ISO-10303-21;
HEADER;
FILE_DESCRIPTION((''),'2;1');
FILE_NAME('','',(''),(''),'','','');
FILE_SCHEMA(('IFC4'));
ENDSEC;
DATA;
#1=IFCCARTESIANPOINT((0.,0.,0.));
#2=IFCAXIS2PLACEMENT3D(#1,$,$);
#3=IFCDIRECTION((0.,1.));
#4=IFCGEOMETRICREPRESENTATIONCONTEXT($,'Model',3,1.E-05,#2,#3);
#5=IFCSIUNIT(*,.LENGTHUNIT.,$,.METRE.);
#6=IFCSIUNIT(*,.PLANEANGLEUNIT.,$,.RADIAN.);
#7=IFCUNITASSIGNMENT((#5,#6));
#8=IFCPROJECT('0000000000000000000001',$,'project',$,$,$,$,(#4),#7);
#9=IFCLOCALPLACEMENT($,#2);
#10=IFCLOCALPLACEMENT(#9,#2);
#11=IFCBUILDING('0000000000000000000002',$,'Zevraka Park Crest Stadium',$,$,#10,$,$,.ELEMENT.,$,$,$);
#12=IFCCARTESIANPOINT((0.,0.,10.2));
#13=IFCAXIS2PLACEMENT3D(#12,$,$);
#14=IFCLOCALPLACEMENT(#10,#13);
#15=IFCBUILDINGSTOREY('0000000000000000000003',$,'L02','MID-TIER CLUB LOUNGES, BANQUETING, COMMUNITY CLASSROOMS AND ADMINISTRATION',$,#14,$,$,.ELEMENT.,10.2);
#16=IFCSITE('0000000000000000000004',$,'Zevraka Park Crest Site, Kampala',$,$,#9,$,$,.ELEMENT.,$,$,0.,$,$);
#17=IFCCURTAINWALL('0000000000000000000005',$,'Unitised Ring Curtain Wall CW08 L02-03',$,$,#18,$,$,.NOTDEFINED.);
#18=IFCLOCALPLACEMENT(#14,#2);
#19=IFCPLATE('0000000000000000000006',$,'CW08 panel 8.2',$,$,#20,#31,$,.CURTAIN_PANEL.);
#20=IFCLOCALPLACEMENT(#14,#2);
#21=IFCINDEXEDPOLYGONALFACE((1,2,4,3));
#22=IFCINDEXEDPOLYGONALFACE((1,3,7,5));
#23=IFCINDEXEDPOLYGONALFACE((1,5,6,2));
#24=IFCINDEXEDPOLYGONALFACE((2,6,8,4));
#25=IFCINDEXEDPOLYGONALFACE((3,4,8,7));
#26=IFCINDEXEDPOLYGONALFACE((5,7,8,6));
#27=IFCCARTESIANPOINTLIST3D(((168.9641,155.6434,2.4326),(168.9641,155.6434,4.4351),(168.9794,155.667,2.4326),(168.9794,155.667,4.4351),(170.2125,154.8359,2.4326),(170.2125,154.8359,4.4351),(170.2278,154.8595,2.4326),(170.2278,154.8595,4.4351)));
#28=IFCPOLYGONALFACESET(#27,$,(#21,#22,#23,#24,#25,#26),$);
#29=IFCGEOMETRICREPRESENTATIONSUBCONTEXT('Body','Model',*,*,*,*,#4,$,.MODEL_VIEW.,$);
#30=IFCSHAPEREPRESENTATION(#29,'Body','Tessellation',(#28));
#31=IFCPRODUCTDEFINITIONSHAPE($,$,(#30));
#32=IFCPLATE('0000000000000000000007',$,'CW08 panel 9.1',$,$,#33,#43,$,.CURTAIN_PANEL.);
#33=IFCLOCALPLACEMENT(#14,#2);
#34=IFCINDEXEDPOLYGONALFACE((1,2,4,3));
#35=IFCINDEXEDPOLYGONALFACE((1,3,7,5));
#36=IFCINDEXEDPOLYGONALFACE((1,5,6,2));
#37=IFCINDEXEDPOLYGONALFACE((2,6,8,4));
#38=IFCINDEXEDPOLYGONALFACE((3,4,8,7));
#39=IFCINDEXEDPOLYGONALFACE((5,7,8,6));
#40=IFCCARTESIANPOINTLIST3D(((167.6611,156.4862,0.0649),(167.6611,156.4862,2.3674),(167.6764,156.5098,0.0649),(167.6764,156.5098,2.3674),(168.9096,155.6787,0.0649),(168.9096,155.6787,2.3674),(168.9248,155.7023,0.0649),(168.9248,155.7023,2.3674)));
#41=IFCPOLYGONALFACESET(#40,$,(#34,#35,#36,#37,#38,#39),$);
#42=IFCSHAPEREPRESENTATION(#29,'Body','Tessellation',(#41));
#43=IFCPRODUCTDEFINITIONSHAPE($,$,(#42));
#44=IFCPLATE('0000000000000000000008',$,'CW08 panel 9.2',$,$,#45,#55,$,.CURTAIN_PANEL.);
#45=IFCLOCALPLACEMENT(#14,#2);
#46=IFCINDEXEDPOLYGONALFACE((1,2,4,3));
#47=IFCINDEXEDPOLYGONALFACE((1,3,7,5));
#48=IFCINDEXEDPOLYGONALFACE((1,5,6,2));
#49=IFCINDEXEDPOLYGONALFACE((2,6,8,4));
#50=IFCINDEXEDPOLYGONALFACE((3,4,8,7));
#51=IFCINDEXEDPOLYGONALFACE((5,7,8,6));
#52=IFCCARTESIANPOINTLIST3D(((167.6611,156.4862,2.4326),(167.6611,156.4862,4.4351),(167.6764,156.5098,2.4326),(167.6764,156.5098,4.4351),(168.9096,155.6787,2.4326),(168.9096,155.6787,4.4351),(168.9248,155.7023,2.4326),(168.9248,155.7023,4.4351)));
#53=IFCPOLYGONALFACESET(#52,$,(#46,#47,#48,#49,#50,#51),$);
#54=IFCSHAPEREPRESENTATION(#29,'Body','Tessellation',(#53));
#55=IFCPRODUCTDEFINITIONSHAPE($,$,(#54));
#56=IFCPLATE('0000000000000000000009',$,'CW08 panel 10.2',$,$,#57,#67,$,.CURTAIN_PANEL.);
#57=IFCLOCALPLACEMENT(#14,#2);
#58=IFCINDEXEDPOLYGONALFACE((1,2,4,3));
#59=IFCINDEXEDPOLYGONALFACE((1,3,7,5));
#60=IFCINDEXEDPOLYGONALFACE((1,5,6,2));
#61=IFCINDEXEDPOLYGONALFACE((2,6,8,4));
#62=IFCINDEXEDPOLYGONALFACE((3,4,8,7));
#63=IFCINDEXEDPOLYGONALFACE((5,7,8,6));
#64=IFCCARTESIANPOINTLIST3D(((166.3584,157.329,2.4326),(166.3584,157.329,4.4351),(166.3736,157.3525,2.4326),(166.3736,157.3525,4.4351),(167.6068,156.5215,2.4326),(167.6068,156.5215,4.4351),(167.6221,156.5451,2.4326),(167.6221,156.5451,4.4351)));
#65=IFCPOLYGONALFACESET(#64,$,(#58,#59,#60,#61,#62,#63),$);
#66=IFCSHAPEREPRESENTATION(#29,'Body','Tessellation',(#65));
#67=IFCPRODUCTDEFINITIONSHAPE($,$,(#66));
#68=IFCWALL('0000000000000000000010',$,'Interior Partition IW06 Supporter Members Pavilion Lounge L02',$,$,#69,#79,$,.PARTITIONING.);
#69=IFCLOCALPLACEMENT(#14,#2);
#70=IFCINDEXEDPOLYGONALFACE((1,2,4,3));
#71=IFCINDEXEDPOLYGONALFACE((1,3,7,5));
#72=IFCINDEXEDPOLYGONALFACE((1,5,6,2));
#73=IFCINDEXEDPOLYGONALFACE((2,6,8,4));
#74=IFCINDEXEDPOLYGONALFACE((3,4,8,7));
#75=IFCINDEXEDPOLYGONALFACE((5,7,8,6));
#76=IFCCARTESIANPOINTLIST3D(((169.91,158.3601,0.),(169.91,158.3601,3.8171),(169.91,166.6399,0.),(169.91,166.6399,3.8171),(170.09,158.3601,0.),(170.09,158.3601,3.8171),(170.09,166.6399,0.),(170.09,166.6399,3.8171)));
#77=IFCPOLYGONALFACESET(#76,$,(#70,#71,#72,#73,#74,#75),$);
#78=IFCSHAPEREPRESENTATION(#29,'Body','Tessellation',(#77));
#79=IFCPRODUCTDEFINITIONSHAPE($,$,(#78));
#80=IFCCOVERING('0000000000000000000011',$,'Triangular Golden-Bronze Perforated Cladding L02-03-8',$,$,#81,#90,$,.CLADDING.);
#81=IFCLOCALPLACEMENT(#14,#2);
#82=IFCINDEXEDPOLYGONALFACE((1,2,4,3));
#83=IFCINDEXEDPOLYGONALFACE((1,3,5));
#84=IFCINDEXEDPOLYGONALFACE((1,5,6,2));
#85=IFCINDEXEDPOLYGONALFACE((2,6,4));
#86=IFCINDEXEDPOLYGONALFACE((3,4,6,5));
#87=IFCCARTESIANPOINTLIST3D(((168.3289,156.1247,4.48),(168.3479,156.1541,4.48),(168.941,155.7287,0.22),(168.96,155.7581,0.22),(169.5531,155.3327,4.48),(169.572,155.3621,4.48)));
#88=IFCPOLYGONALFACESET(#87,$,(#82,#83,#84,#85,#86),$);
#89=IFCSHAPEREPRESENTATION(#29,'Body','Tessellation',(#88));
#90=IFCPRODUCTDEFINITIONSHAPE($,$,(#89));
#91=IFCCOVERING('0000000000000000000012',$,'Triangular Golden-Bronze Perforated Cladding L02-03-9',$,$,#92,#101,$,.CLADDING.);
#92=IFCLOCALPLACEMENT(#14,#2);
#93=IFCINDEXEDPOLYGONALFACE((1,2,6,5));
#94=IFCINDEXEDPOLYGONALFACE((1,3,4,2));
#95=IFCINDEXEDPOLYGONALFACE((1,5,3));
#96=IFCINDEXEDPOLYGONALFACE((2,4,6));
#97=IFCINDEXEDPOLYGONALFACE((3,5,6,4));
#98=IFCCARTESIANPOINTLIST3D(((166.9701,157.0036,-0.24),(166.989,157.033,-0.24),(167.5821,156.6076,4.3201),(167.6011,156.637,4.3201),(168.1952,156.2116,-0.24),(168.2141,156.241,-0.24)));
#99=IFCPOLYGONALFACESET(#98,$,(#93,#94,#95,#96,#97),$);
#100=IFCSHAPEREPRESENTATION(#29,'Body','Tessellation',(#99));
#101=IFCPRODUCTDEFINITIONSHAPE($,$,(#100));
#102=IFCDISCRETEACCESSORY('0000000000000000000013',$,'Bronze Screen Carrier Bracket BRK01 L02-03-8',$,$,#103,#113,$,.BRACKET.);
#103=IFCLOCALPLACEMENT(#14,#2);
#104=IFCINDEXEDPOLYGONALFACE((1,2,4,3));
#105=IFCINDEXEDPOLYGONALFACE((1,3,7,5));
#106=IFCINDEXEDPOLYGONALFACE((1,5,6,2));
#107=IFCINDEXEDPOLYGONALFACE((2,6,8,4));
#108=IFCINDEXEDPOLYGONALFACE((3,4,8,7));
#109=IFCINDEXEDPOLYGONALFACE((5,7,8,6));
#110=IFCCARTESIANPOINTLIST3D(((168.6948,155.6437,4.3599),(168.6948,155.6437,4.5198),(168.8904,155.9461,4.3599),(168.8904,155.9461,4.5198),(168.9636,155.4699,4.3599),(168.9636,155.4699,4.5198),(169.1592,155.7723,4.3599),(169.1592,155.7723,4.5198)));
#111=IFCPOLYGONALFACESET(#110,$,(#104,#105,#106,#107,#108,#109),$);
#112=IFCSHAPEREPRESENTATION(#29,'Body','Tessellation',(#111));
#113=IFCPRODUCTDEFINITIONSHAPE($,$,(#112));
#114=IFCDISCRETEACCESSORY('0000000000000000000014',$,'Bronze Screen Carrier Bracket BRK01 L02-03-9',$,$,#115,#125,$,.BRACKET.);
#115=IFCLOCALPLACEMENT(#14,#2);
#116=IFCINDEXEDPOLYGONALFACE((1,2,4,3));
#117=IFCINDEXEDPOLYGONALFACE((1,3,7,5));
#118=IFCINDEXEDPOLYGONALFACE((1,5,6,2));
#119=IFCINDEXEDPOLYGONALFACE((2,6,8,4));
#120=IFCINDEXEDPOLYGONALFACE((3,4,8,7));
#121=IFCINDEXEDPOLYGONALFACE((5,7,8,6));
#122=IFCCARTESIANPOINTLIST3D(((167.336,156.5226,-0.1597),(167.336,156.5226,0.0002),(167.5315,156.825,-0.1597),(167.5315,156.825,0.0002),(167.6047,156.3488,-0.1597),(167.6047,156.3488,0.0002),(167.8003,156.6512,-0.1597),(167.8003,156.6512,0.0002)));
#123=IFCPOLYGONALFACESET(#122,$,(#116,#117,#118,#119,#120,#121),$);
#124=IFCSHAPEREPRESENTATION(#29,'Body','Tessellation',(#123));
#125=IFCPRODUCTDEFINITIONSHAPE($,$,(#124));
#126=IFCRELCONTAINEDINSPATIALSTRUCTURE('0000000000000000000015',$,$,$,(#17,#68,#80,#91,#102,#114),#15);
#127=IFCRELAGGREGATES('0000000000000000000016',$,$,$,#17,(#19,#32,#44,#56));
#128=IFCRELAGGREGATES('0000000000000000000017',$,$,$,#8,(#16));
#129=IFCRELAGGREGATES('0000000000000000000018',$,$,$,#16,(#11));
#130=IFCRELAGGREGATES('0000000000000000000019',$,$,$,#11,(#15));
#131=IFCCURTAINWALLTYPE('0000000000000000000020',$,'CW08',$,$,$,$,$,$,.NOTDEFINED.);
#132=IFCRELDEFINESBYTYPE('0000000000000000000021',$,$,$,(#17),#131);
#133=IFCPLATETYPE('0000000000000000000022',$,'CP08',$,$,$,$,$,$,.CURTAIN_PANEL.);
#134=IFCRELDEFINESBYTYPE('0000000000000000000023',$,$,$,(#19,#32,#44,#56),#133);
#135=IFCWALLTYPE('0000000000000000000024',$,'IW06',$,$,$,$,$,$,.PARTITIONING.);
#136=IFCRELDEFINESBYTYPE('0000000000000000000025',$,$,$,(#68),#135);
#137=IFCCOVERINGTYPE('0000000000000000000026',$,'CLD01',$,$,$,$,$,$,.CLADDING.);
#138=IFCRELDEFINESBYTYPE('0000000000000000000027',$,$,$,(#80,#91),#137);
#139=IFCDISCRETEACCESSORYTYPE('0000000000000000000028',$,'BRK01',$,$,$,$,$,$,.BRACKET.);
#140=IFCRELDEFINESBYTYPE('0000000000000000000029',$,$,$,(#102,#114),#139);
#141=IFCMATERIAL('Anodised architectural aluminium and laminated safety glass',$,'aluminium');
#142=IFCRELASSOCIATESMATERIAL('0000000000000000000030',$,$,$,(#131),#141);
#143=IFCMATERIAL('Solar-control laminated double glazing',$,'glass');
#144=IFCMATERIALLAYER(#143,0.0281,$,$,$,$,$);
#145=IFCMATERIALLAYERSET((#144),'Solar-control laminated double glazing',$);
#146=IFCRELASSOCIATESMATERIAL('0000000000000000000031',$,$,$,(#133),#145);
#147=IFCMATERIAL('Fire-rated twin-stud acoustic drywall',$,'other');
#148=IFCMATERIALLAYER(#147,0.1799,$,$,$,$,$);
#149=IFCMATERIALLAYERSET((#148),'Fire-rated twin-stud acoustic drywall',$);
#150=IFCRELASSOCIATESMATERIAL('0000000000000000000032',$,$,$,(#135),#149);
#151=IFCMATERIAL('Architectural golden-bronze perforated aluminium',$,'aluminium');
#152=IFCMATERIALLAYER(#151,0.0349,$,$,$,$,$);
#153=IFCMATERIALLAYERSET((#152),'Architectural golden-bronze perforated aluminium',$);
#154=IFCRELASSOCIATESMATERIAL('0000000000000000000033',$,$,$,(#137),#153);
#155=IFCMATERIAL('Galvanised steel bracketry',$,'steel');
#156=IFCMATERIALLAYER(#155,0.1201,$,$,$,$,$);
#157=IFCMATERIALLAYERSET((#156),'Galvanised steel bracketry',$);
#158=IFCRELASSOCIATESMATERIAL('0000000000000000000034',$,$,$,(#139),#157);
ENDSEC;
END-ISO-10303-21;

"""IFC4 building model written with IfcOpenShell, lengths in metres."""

from ifc_helpers import new_model, si_unit, direction, frame, frame_2d, origin, origin_2d, place, context, subcontext, project, spatial, polyline, rectangle, outline, extrude, material, layer, layer_set, type_object, element, aggregate, save


model = new_model("IFC4")

# Units and contexts
model_context = context("Model", 3, precision=1e-05, world=origin(), true_north=direction((0.0, 1.0)))
body_context = subcontext(model_context, "Body", "Model", "MODEL_VIEW")
ifc_project = project(units=[si_unit("LENGTHUNIT", "METRE"), si_unit("PLANEANGLEUNIT", "RADIAN")], contexts=[model_context])

# Site, building, storey
site_placement = place(None, origin())
site = spatial("IfcSite", under=ifc_project, at=site_placement, Name="Zevraka Park Crest Site, Kampala", CompositionType="ELEMENT", RefElevation=0.0)
building_placement = place(site_placement, origin())
building = spatial("IfcBuilding", under=site, at=building_placement, Name="Zevraka Park Crest Stadium", CompositionType="ELEMENT")
storey_placement = place(building_placement, frame((0.0, 0.0, 10.2)))
storey = spatial("IfcBuildingStorey", under=building, at=storey_placement, Name="L02", Description="MID-TIER CLUB LOUNGES, BANQUETING, COMMUNITY CLASSROOMS AND ADMINISTRATION", CompositionType="ELEMENT", Elevation=10.2)

# Curtain wall, plates
ifc_material_1 = material(Name="Anodised architectural aluminium and laminated safety glass", Category="aluminium")
curtain_wall_type = type_object("IfcCurtainWallType", Name="CW08", PredefinedType="NOTDEFINED", material=ifc_material_1)
curtain_wall_placement = place(storey_placement, origin())
curtain_wall = element("IfcCurtainWall", 1, at=curtain_wall_placement, inside=storey, type_object=curtain_wall_type, Name="Unitised Ring Curtain Wall CW08 L02-03", PredefinedType="NOTDEFINED")
ifc_material_2 = material(Name="Solar-control laminated double glazing", Category="glass")
ifc_layer_1 = layer(ifc_material_2, 0.0281)
ifc_layer_set_1 = layer_set([ifc_layer_1], Name="Solar-control laminated double glazing")
plate_type = type_object("IfcPlateType", Name="CP08", PredefinedType="CURTAIN_PANEL", material=ifc_layer_set_1)
plate_1_placement = place(storey_placement, frame((169.5959, 155.2515, 2.4326), z_axis=(0.0, 0.0, 1.0), x_axis=(-0.83967, 0.543096, 0.0)))
plate_1 = element("IfcPlate", 2, at=plate_1_placement, type_object=plate_type, Name="CW08 panel 8.2", PredefinedType="CURTAIN_PANEL", context=body_context, shape_type="SweptSolid", body=[
    extrude(rectangle(XDim=1.4868, YDim=0.0281, at=origin_2d()), origin(), (0.0, 0.0, 1.0), 2.0024),
])
plate_2_placement = place(storey_placement, frame((168.293, 156.0942, 0.0649), z_axis=(0.0, 0.0, 1.0), x_axis=(-0.83967, 0.543096, 0.0)))
plate_2 = element("IfcPlate", 3, at=plate_2_placement, type_object=plate_type, Name="CW08 panel 9.1", PredefinedType="CURTAIN_PANEL", context=body_context, shape_type="SweptSolid", body=[
    extrude(rectangle(XDim=1.4868, YDim=0.0281, at=origin_2d()), origin(), (0.0, 0.0, 1.0), 2.3025),
])
plate_3_placement = place(storey_placement, frame((168.293, 156.0942, 2.4326), z_axis=(0.0, 0.0, 1.0), x_axis=(-0.83967, 0.543096, 0.0)))
plate_3 = element("IfcPlate", 4, at=plate_3_placement, type_object=plate_type, Name="CW08 panel 9.2", PredefinedType="CURTAIN_PANEL", context=body_context, shape_type="SweptSolid", body=[
    extrude(rectangle(XDim=1.4868, YDim=0.0281, at=origin_2d()), origin(), (0.0, 0.0, 1.0), 2.0024),
])
plate_4_placement = place(storey_placement, frame((166.9902, 156.937, 2.4326), z_axis=(0.0, 0.0, 1.0), x_axis=(-0.83967, 0.543096, 0.0)))
plate_4 = element("IfcPlate", 5, at=plate_4_placement, type_object=plate_type, Name="CW08 panel 10.2", PredefinedType="CURTAIN_PANEL", context=body_context, shape_type="SweptSolid", body=[
    extrude(rectangle(XDim=1.4868, YDim=0.0281, at=origin_2d()), origin(), (0.0, 0.0, 1.0), 2.0024),
])
aggregate(curtain_wall, [plate_1, plate_2, plate_3, plate_4])

# Wall
ifc_material_3 = material(Name="Fire-rated twin-stud acoustic drywall", Category="other")
ifc_layer_2 = layer(ifc_material_3, 0.1799)
ifc_layer_set_2 = layer_set([ifc_layer_2], Name="Fire-rated twin-stud acoustic drywall")
wall_type = type_object("IfcWallType", Name="IW06", PredefinedType="PARTITIONING", material=ifc_layer_set_2)
wall_placement = place(storey_placement, frame((170.0, 158.3601, 0.0), z_axis=(0.0, 0.0, 1.0), x_axis=(0.0, 1.0, 0.0)))
element("IfcWall", 6, at=wall_placement, inside=storey, type_object=wall_type, Name="Interior Partition IW06 Supporter Members Pavilion Lounge L02", PredefinedType="PARTITIONING", context=body_context, shape_type="SweptSolid", body=[
    extrude(rectangle(XDim=8.2798, YDim=0.1799, at=frame_2d((4.1399, 0.0))), origin(), (0.0, 0.0, 1.0), 3.8171),
])

# Coverings
ifc_material_4 = material(Name="Architectural golden-bronze perforated aluminium", Category="aluminium")
ifc_layer_3 = layer(ifc_material_4, 0.0349)
ifc_layer_set_3 = layer_set([ifc_layer_3], Name="Architectural golden-bronze perforated aluminium")
covering_type = type_object("IfcCoveringType", Name="CLD01", PredefinedType="CLADDING", material=ifc_layer_set_3)
covering_1_placement = place(storey_placement, frame((168.3479, 156.1541, 4.48), z_axis=(0.54321, 0.839597, 0.0), x_axis=(0.839597, -0.54321, 0.0)))
element("IfcCovering", 7, at=covering_1_placement, inside=storey, type_object=covering_type, Name="Triangular Golden-Bronze Perforated Cladding L02-03-8", PredefinedType="CLADDING", context=body_context, shape_type="SweptSolid", body=[
    extrude(outline(polyline([(0.0, 0.0), (1.458, 0.0), (0.729, 4.26), (0.0, 0.0)])), origin(), (0.0, 0.0, -1.0), 0.0349),
])
covering_2_placement = place(storey_placement, frame((168.2141, 156.241, -0.24), z_axis=(0.542904, 0.839795, 0.000058), x_axis=(-0.839795, 0.542904, 0.0)))
element("IfcCovering", 8, at=covering_2_placement, inside=storey, type_object=covering_type, Name="Triangular Golden-Bronze Perforated Cladding L02-03-9", PredefinedType="CLADDING", context=body_context, shape_type="SweptSolid", body=[
    extrude(outline(polyline([(0.0, 0.0), (1.4588, 0.0), (0.7298, 4.5601), (0.0, 0.0)])), origin(), (0.0, 0.0, -1.0), 0.0349),
])

# Discrete accessories
ifc_material_5 = material(Name="Galvanised steel bracketry", Category="steel")
ifc_layer_4 = layer(ifc_material_5, 0.1201)
ifc_layer_set_4 = layer_set([ifc_layer_4], Name="Galvanised steel bracketry")
discrete_accessory_type = type_object("IfcDiscreteAccessoryType", Name="BRK01", PredefinedType="BRACKET", material=ifc_layer_set_4)
for number, where, z_axis, x_axis, name in (
    (9, (168.927, 155.708, 4.3599), (0.0, 0.0, 1.0), (-0.839715, 0.543028, 0.0), "Bronze Screen Carrier Bracket BRK01 L02-03-8"),
    (10, (167.5681, 156.5869, -0.1597), (0.0, 0.0, 1.0), (-0.839715, 0.543028, 0.0), "Bronze Screen Carrier Bracket BRK01 L02-03-9"),
):
    element("IfcDiscreteAccessory", number, at=place(storey_placement, frame(where, z_axis=z_axis, x_axis=x_axis)), inside=storey, type_object=discrete_accessory_type, Name=name, PredefinedType="BRACKET", context=body_context, shape_type="SweptSolid", body=[
        extrude(rectangle(XDim=0.3201, YDim=0.3601, at=origin_2d()), origin(), (0.0, 0.0, 1.0), 0.1599),
    ])

save(model, "model.ifc")
